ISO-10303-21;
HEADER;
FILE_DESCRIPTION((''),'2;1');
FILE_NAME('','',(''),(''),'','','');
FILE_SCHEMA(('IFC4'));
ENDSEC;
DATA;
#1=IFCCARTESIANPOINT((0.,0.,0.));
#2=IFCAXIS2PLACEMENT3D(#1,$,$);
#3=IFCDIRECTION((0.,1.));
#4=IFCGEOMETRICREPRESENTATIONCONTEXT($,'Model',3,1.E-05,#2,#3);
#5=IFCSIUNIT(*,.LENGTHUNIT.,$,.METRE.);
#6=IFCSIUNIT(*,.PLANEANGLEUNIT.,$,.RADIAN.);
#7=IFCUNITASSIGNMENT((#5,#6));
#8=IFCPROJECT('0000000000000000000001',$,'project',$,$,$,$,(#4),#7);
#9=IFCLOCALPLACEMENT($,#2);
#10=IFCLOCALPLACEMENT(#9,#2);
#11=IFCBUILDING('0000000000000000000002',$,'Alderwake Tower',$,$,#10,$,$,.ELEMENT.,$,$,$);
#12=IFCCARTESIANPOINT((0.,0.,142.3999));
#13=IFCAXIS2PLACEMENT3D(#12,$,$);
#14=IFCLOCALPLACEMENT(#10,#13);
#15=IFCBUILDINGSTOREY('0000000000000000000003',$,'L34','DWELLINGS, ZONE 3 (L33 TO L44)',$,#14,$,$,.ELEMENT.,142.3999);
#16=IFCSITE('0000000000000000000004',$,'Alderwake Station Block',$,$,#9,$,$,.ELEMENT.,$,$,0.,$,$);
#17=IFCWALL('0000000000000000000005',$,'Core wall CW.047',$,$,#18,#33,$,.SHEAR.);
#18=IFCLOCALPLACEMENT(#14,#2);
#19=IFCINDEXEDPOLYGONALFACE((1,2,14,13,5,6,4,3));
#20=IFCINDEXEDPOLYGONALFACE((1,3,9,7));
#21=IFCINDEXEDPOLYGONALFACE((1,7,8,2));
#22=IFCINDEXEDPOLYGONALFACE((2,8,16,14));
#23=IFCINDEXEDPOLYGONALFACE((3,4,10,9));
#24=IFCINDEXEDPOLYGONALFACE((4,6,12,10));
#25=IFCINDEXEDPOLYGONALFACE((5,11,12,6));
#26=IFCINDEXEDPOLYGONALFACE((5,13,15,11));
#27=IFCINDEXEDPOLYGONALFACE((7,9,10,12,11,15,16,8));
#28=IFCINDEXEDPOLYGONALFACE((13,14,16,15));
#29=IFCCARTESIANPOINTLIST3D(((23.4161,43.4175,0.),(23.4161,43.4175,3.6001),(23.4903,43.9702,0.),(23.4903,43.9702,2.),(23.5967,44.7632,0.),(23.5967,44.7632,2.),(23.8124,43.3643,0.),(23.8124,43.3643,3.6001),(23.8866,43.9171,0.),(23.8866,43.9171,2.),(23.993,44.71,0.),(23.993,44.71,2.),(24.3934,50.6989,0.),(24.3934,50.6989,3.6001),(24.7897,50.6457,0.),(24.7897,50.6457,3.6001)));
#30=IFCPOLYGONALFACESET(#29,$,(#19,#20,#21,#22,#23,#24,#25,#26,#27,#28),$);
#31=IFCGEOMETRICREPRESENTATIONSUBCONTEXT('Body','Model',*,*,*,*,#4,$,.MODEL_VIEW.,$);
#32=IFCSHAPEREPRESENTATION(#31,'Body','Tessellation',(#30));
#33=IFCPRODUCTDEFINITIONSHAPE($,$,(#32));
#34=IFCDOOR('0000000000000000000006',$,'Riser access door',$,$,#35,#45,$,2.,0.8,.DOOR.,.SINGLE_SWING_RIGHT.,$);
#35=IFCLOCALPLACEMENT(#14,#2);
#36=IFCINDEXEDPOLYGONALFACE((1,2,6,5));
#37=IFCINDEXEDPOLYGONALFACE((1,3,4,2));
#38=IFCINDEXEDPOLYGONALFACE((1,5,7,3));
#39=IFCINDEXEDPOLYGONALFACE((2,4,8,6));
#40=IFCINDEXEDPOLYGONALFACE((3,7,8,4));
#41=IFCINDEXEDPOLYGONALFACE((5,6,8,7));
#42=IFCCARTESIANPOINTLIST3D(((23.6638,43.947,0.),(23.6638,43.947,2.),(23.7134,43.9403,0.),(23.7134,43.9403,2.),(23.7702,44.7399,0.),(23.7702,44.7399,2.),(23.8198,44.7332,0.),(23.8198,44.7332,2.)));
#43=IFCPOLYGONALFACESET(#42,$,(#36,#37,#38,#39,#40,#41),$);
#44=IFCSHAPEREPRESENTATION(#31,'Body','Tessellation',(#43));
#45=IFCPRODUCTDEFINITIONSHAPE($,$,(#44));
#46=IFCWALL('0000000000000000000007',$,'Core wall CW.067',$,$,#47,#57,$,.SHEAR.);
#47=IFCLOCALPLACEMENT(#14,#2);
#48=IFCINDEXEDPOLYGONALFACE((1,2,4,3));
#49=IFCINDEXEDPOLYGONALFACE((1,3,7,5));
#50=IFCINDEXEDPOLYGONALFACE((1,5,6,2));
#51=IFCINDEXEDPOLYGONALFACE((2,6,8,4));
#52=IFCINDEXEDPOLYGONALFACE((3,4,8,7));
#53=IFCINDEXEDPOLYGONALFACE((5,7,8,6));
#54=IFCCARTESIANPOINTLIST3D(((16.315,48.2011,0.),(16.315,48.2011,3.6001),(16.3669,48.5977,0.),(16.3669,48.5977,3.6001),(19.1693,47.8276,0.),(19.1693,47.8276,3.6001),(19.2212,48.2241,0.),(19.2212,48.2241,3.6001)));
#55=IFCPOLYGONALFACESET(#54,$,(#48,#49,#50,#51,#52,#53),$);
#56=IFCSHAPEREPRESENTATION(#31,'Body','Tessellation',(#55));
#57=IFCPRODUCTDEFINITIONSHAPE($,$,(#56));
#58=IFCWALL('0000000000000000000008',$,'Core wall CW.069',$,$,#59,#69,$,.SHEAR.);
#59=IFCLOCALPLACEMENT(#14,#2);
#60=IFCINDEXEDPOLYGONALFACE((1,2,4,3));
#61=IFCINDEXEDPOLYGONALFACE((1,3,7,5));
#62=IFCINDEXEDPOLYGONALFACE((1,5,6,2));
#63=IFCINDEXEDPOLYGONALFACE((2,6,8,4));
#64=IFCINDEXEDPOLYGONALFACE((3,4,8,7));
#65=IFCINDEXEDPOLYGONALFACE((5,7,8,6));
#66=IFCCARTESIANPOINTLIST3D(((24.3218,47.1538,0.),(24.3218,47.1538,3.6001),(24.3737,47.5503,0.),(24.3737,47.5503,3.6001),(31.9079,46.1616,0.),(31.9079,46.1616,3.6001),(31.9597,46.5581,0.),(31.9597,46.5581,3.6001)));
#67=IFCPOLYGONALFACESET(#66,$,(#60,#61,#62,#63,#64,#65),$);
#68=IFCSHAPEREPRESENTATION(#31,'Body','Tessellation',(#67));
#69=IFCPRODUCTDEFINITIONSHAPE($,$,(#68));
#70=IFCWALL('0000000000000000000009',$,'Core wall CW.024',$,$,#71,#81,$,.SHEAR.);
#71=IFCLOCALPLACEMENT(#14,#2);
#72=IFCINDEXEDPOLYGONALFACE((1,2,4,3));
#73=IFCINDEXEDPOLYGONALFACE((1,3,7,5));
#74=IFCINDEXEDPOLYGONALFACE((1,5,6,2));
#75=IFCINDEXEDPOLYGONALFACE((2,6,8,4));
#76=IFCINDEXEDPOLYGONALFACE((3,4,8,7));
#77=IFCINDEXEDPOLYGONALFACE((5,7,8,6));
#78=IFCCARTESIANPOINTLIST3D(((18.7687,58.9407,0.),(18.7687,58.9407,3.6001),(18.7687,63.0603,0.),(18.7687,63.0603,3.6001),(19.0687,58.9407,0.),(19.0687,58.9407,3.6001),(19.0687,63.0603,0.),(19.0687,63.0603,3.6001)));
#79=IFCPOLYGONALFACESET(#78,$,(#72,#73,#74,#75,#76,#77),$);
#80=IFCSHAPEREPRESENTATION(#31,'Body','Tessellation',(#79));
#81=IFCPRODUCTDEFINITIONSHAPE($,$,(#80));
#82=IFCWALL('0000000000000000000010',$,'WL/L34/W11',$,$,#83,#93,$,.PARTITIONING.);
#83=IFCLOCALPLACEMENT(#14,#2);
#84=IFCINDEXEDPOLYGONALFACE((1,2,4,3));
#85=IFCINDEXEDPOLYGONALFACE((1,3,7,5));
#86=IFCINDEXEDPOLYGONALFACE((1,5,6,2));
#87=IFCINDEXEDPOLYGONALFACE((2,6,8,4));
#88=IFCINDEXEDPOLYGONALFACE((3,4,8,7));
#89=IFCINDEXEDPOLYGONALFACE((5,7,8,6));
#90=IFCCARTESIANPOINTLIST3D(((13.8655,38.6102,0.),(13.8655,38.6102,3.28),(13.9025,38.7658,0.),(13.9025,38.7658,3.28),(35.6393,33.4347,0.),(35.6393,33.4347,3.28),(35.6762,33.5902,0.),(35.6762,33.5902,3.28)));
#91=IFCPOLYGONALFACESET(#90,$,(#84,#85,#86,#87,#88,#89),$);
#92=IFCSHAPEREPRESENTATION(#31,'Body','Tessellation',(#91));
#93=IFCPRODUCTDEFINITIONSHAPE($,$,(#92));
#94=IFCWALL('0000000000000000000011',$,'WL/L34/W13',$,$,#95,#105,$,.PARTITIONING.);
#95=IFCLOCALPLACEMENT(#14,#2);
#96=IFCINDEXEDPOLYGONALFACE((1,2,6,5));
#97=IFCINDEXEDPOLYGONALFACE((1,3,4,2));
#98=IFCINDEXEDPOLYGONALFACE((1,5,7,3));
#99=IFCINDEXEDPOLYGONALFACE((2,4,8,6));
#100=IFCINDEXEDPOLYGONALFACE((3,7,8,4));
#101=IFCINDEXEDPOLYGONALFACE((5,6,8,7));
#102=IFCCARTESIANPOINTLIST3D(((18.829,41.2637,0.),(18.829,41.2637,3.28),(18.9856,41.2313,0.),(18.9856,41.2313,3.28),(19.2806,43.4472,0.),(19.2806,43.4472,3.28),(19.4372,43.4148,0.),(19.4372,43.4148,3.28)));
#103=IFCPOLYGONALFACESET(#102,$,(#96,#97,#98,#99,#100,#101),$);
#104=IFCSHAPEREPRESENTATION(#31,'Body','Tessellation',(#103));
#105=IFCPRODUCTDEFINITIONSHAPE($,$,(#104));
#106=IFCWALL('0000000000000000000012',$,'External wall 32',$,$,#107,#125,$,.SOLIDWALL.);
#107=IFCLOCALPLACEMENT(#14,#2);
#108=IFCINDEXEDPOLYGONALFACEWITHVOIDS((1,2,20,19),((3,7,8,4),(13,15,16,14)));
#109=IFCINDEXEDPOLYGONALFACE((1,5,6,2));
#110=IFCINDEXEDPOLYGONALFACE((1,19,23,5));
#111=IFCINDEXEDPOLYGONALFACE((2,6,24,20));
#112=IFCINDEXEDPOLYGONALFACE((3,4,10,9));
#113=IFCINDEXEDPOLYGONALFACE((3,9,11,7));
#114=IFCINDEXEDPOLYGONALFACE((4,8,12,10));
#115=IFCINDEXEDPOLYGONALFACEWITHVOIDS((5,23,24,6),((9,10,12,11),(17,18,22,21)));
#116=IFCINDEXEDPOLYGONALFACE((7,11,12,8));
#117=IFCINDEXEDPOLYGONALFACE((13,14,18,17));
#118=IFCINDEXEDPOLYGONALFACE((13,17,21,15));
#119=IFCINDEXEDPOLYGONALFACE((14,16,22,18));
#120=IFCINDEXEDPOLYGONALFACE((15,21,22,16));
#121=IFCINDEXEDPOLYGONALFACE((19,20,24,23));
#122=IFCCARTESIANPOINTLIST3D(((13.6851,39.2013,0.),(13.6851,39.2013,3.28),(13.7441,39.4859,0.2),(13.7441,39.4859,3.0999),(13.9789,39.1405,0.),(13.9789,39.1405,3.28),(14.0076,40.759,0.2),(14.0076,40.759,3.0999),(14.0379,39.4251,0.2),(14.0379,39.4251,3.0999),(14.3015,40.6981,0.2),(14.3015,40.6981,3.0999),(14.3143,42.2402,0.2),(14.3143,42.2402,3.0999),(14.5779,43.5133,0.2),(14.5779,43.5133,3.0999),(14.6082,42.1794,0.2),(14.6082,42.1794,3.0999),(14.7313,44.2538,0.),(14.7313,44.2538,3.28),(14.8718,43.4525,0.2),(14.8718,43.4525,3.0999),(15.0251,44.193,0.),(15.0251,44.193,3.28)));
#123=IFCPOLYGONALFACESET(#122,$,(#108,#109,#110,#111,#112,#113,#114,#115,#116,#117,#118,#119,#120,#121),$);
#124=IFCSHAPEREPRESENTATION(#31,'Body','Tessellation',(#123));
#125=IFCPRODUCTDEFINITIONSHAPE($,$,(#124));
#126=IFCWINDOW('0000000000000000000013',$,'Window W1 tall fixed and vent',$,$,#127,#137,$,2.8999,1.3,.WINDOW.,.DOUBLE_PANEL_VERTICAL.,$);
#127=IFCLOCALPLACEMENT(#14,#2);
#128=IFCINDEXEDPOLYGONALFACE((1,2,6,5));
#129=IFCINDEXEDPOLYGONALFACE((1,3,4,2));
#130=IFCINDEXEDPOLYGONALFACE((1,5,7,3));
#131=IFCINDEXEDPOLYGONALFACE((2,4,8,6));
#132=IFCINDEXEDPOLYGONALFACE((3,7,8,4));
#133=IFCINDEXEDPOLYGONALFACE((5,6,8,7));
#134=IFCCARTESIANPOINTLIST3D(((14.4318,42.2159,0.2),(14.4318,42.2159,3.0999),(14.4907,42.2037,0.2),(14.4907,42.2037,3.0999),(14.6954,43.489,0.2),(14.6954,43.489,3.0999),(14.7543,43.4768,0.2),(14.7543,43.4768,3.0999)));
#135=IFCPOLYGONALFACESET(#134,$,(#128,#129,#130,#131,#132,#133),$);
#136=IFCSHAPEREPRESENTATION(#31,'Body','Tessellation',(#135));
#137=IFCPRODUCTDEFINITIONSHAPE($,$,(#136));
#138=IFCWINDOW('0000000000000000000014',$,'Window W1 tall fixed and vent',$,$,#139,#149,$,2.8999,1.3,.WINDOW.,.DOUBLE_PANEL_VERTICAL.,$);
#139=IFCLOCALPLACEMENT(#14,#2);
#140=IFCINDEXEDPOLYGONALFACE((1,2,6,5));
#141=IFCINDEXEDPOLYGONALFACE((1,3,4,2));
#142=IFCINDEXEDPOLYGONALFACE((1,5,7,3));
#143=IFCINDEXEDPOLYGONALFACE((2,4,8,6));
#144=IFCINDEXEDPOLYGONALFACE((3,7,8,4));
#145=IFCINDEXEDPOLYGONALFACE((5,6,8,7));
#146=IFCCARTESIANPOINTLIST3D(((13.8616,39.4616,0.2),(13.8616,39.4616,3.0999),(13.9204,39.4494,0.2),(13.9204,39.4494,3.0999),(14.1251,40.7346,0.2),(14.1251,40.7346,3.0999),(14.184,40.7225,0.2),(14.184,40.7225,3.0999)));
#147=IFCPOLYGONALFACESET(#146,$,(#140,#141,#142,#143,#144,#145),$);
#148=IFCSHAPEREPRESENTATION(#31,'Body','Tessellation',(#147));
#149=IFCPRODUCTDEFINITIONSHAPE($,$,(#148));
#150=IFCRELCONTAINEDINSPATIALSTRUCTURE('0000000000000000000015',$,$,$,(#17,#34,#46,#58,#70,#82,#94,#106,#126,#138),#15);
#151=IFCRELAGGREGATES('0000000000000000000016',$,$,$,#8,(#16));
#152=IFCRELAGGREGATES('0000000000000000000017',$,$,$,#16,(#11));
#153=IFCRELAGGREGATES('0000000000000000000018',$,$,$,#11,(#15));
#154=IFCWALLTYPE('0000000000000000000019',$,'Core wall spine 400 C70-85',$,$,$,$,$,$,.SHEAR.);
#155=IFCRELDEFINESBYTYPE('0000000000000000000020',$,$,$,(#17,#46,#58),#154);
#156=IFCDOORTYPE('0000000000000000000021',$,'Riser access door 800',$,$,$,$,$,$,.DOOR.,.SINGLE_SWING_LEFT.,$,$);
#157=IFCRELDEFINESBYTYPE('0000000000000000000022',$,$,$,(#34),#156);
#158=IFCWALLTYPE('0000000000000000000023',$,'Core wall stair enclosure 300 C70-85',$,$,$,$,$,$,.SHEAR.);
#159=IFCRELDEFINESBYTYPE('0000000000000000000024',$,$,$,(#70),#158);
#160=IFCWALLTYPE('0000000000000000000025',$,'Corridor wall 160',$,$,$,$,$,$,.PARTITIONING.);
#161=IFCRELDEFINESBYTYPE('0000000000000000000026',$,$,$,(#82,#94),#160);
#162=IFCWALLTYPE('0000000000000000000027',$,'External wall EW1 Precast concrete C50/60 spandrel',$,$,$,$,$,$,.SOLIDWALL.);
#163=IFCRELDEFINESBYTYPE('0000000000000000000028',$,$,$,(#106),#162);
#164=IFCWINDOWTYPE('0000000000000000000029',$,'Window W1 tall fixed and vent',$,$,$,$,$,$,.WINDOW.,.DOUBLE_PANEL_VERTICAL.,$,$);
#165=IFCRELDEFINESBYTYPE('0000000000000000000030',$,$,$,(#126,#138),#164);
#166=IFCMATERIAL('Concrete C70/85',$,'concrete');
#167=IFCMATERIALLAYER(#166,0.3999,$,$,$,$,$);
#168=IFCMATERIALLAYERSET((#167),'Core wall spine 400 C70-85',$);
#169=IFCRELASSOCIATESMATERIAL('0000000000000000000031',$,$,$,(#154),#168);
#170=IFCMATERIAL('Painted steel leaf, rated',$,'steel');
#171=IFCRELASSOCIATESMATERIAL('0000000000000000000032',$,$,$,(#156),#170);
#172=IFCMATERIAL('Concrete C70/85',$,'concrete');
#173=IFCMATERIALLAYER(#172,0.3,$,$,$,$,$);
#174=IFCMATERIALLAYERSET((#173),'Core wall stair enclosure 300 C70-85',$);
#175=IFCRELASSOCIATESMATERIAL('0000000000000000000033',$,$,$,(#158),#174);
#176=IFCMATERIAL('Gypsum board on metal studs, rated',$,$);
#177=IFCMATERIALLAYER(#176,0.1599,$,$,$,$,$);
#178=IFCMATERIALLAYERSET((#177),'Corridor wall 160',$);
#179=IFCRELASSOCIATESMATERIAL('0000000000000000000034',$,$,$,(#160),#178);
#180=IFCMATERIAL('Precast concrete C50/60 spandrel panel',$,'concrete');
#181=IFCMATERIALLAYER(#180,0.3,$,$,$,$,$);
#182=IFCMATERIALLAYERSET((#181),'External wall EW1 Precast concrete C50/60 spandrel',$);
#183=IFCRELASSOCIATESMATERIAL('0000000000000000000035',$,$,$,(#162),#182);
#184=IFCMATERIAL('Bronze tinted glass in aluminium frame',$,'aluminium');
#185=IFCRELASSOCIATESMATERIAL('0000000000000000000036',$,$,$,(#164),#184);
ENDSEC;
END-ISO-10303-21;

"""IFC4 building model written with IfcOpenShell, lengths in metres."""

from ifc_helpers import new_model, si_unit, direction, frame, frame_2d, origin, place, context, subcontext, project, spatial, rectangle, extrude, material, layer, layer_set, type_object, element, fill, save


model = new_model("IFC4")

# Units and contexts
model_context = context("Model", 3, precision=1e-05, world=origin(), true_north=direction((0.0, 1.0)))
body_context = subcontext(model_context, "Body", "Model", "MODEL_VIEW")
ifc_project = project(units=[si_unit("LENGTHUNIT", "METRE"), si_unit("PLANEANGLEUNIT", "RADIAN")], contexts=[model_context])

# Site, building, storey
site_placement = place(None, origin())
site = spatial("IfcSite", under=ifc_project, at=site_placement, Name="Alderwake Station Block", CompositionType="ELEMENT", RefElevation=0.0)
building_placement = place(site_placement, origin())
building = spatial("IfcBuilding", under=site, at=building_placement, Name="Alderwake Tower", CompositionType="ELEMENT")
storey_placement = place(building_placement, frame((0.0, 0.0, 142.3999)))
storey = spatial("IfcBuildingStorey", under=building, at=storey_placement, Name="L34", Description="DWELLINGS, ZONE 3 (L33 TO L44)", CompositionType="ELEMENT", Elevation=142.3999)

# Shared definitions
ifc_material_1 = material(Name="Concrete C70/85", Category="concrete")
ifc_layer_1 = layer(ifc_material_1, 0.3999)
ifc_layer_set_1 = layer_set([ifc_layer_1], Name="Core wall spine 400 C70-85")
wall_type_1 = type_object("IfcWallType", Name="Core wall spine 400 C70-85", PredefinedType="SHEAR", material=ifc_layer_set_1)
ifc_material_2 = material(Name="Painted steel leaf, rated", Category="steel")
door_type_1 = type_object("IfcDoorType", Name="Riser access door 800", OperationType="SINGLE_SWING_LEFT", PredefinedType="DOOR", material=ifc_material_2)

# Wall, opening, door
wall_1_placement = place(storey_placement, frame((23.6143, 43.3909, 0.0), z_axis=(0.0, 0.0, 1.0), x_axis=(0.133023, 0.991113, 0.0)))
wall_1 = element("IfcWall", 1, at=wall_1_placement, inside=storey, type_object=wall_type_1, Name="Core wall CW.047", PredefinedType="SHEAR", context=body_context, shape_type="SweptSolid", body=[
    extrude(rectangle(XDim=7.3467, YDim=0.3999, at=frame_2d((3.6733, 0.0))), origin(), (0.0, 0.0, 1.0), 3.6001),
])
opening_1_placement = place(wall_1_placement, frame((0.5579, 0.0, 0.0)))
opening_1 = element("IfcOpeningElement", 2, at=opening_1_placement, cuts=wall_1, PredefinedType="OPENING", context=body_context, shape_type="SweptSolid", body=[
    extrude(rectangle(XDim=0.8, YDim=2.0, at=frame_2d((0.3999, 1.0))), frame((0.0, 0.21, 0.0), z_axis=(0.0, -1.0, 0.0), x_axis=(1.0, 0.0, 0.0)), (0.0, 0.0, 1.0), 0.4199),
])
door_1_placement = place(opening_1_placement, origin())
door_1 = element("IfcDoor", 3, at=door_1_placement, inside=storey, type_object=door_type_1, Name="Riser access door", OperationType="SINGLE_SWING_RIGHT", OverallHeight=2.0, OverallWidth=0.8, PredefinedType="DOOR", context=body_context, shape_type="SweptSolid", body=[
    extrude(rectangle(XDim=0.8, YDim=2.0, at=frame_2d((0.3999, 1.0))), frame((0.0, 0.0249, 0.0), z_axis=(0.0, -1.0, 0.0), x_axis=(1.0, 0.0, 0.0)), (0.0, 0.0, 1.0), 0.05),
])
fill(opening_1, door_1)

# Walls
wall_2_placement = place(storey_placement, frame((16.3408, 48.3994, 0.0), z_axis=(0.0, 0.0, 1.0), x_axis=(0.991545, -0.129763, 0.0)))
element("IfcWall", 4, at=wall_2_placement, inside=storey, type_object=wall_type_1, Name="Core wall CW.067", PredefinedType="SHEAR", context=body_context, shape_type="SweptSolid", body=[
    extrude(rectangle(XDim=2.8787, YDim=0.3999, at=frame_2d((1.4395, 0.0))), origin(), (0.0, 0.0, 1.0), 3.6001),
])
wall_3_placement = place(storey_placement, frame((24.3479, 47.3521, 0.0), z_axis=(0.0, 0.0, 1.0), x_axis=(0.991555, -0.129688, 0.0)))
element("IfcWall", 5, at=wall_3_placement, inside=storey, type_object=wall_type_1, Name="Core wall CW.069", PredefinedType="SHEAR", context=body_context, shape_type="SweptSolid", body=[
    extrude(rectangle(XDim=7.6506, YDim=0.3999, at=frame_2d((3.8252, 0.0))), origin(), (0.0, 0.0, 1.0), 3.6001),
])
ifc_material_3 = material(Name="Concrete C70/85", Category="concrete")
ifc_layer_2 = layer(ifc_material_3, 0.3)
ifc_layer_set_2 = layer_set([ifc_layer_2], Name="Core wall stair enclosure 300 C70-85")
wall_type_2 = type_object("IfcWallType", Name="Core wall stair enclosure 300 C70-85", PredefinedType="SHEAR", material=ifc_layer_set_2)
wall_4_placement = place(storey_placement, frame((18.9187, 58.9407, 0.0), z_axis=(0.0, 0.0, 1.0), x_axis=(0.0, 1.0, 0.0)))
element("IfcWall", 6, at=wall_4_placement, inside=storey, type_object=wall_type_2, Name="Core wall CW.024", PredefinedType="SHEAR", context=body_context, shape_type="SweptSolid", body=[
    extrude(rectangle(XDim=4.1196, YDim=0.3, at=frame_2d((2.0598, 0.0))), origin(), (0.0, 0.0, 1.0), 3.6001),
])
ifc_material_4 = material(Name="Gypsum board on metal studs, rated")
ifc_layer_3 = layer(ifc_material_4, 0.1599)
ifc_layer_set_3 = layer_set([ifc_layer_3], Name="Corridor wall 160")
wall_type_3 = type_object("IfcWallType", Name="Corridor wall 160", PredefinedType="PARTITIONING", material=ifc_layer_set_3)
wall_5_placement = place(storey_placement, frame((13.884, 38.688, 0.0), z_axis=(0.0, 0.0, 1.0), x_axis=(0.972893, -0.231254, 0.0)))
element("IfcWall", 7, at=wall_5_placement, inside=storey, type_object=wall_type_3, Name="WL/L34/W11", PredefinedType="PARTITIONING", context=body_context, shape_type="SweptSolid", body=[
    extrude(rectangle(XDim=22.3804, YDim=0.1599, at=frame_2d((11.1902, 0.0))), origin(), (0.0, 0.0, 1.0), 3.28),
])
wall_6_placement = place(storey_placement, frame((19.3589, 43.4309, 0.0), z_axis=(0.0, 0.0, 1.0), x_axis=(-0.202555, -0.979271, 0.0)))
element("IfcWall", 8, at=wall_6_placement, inside=storey, type_object=wall_type_3, Name="WL/L34/W13", PredefinedType="PARTITIONING", context=body_context, shape_type="SweptSolid", body=[
    extrude(rectangle(XDim=2.2297, YDim=0.1599, at=frame_2d((1.1147, 0.0))), origin(), (0.0, 0.0, 1.0), 3.28),
])

# Wall, openings, windows
ifc_material_5 = material(Name="Precast concrete C50/60 spandrel panel", Category="concrete")
ifc_layer_4 = layer(ifc_material_5, 0.3)
ifc_layer_set_4 = layer_set([ifc_layer_4], Name="External wall EW1 Precast concrete C50/60 spandrel")
wall_type_4 = type_object("IfcWallType", Name="External wall EW1 Precast concrete C50/60 spandrel", PredefinedType="SOLIDWALL", material=ifc_layer_set_4)
wall_7_placement = place(storey_placement, frame((14.8782, 44.2234, 0.0), z_axis=(0.0, 0.0, 1.0), x_axis=(-0.202754, -0.97923, 0.0)))
wall_7 = element("IfcWall", 9, at=wall_7_placement, inside=storey, type_object=wall_type_4, Name="External wall 32", PredefinedType="SOLIDWALL", context=body_context, shape_type="SweptSolid", body=[
    extrude(rectangle(XDim=5.1597, YDim=0.3, at=frame_2d((2.5798, 0.0))), origin(), (0.0, 0.0, 1.0), 3.28),
])
opening_2_placement = place(wall_7_placement, frame((0.7563, 0.0, 0.2)))
opening_2 = element("IfcOpeningElement", 10, at=opening_2_placement, cuts=wall_7, PredefinedType="OPENING", context=body_context, shape_type="SweptSolid", body=[
    extrude(rectangle(XDim=1.3, YDim=2.8999, at=frame_2d((0.6499, 1.45))), frame((0.0, 0.1599, 0.0), z_axis=(0.0, -1.0, 0.0), x_axis=(1.0, 0.0, 0.0)), (0.0, 0.0, 1.0), 0.3201),
])
opening_3_placement = place(wall_7_placement, frame((3.5691, 0.0, 0.2)))
opening_3 = element("IfcOpeningElement", 11, at=opening_3_placement, cuts=wall_7, PredefinedType="OPENING", context=body_context, shape_type="SweptSolid", body=[
    extrude(rectangle(XDim=1.3, YDim=2.8999, at=frame_2d((0.6499, 1.45))), frame((0.0, 0.1599, 0.0), z_axis=(0.0, -1.0, 0.0), x_axis=(1.0, 0.0, 0.0)), (0.0, 0.0, 1.0), 0.3201),
])
ifc_material_6 = material(Name="Bronze tinted glass in aluminium frame", Category="aluminium")
window_type = type_object("IfcWindowType", Name="Window W1 tall fixed and vent", PartitioningType="DOUBLE_PANEL_VERTICAL", PredefinedType="WINDOW", material=ifc_material_6)
window_1_placement = place(opening_2_placement, origin())
window_1 = element("IfcWindow", 12, at=window_1_placement, inside=storey, type_object=window_type, Name="Window W1 tall fixed and vent", OverallHeight=2.8999, OverallWidth=1.3, PartitioningType="DOUBLE_PANEL_VERTICAL", PredefinedType="WINDOW", context=body_context, shape_type="SweptSolid", body=[
    extrude(rectangle(XDim=1.3, YDim=2.8999, at=frame_2d((0.6499, 1.45))), frame((0.0, 0.03, 0.0), z_axis=(0.0, -1.0, 0.0), x_axis=(1.0, 0.0, 0.0)), (0.0, 0.0, 1.0), 0.0601),
])
fill(opening_2, window_1)
window_2_placement = place(opening_3_placement, origin())
window_2 = element("IfcWindow", 13, at=window_2_placement, inside=storey, type_object=window_type, Name="Window W1 tall fixed and vent", OverallHeight=2.8999, OverallWidth=1.3, PartitioningType="DOUBLE_PANEL_VERTICAL", PredefinedType="WINDOW", context=body_context, shape_type="SweptSolid", body=[
    extrude(rectangle(XDim=1.3, YDim=2.8999, at=frame_2d((0.6499, 1.45))), frame((0.0, 0.03, 0.0), z_axis=(0.0, -1.0, 0.0), x_axis=(1.0, 0.0, 0.0)), (0.0, 0.0, 1.0), 0.0601),
])
fill(opening_3, window_2)

save(model, "model.ifc")
